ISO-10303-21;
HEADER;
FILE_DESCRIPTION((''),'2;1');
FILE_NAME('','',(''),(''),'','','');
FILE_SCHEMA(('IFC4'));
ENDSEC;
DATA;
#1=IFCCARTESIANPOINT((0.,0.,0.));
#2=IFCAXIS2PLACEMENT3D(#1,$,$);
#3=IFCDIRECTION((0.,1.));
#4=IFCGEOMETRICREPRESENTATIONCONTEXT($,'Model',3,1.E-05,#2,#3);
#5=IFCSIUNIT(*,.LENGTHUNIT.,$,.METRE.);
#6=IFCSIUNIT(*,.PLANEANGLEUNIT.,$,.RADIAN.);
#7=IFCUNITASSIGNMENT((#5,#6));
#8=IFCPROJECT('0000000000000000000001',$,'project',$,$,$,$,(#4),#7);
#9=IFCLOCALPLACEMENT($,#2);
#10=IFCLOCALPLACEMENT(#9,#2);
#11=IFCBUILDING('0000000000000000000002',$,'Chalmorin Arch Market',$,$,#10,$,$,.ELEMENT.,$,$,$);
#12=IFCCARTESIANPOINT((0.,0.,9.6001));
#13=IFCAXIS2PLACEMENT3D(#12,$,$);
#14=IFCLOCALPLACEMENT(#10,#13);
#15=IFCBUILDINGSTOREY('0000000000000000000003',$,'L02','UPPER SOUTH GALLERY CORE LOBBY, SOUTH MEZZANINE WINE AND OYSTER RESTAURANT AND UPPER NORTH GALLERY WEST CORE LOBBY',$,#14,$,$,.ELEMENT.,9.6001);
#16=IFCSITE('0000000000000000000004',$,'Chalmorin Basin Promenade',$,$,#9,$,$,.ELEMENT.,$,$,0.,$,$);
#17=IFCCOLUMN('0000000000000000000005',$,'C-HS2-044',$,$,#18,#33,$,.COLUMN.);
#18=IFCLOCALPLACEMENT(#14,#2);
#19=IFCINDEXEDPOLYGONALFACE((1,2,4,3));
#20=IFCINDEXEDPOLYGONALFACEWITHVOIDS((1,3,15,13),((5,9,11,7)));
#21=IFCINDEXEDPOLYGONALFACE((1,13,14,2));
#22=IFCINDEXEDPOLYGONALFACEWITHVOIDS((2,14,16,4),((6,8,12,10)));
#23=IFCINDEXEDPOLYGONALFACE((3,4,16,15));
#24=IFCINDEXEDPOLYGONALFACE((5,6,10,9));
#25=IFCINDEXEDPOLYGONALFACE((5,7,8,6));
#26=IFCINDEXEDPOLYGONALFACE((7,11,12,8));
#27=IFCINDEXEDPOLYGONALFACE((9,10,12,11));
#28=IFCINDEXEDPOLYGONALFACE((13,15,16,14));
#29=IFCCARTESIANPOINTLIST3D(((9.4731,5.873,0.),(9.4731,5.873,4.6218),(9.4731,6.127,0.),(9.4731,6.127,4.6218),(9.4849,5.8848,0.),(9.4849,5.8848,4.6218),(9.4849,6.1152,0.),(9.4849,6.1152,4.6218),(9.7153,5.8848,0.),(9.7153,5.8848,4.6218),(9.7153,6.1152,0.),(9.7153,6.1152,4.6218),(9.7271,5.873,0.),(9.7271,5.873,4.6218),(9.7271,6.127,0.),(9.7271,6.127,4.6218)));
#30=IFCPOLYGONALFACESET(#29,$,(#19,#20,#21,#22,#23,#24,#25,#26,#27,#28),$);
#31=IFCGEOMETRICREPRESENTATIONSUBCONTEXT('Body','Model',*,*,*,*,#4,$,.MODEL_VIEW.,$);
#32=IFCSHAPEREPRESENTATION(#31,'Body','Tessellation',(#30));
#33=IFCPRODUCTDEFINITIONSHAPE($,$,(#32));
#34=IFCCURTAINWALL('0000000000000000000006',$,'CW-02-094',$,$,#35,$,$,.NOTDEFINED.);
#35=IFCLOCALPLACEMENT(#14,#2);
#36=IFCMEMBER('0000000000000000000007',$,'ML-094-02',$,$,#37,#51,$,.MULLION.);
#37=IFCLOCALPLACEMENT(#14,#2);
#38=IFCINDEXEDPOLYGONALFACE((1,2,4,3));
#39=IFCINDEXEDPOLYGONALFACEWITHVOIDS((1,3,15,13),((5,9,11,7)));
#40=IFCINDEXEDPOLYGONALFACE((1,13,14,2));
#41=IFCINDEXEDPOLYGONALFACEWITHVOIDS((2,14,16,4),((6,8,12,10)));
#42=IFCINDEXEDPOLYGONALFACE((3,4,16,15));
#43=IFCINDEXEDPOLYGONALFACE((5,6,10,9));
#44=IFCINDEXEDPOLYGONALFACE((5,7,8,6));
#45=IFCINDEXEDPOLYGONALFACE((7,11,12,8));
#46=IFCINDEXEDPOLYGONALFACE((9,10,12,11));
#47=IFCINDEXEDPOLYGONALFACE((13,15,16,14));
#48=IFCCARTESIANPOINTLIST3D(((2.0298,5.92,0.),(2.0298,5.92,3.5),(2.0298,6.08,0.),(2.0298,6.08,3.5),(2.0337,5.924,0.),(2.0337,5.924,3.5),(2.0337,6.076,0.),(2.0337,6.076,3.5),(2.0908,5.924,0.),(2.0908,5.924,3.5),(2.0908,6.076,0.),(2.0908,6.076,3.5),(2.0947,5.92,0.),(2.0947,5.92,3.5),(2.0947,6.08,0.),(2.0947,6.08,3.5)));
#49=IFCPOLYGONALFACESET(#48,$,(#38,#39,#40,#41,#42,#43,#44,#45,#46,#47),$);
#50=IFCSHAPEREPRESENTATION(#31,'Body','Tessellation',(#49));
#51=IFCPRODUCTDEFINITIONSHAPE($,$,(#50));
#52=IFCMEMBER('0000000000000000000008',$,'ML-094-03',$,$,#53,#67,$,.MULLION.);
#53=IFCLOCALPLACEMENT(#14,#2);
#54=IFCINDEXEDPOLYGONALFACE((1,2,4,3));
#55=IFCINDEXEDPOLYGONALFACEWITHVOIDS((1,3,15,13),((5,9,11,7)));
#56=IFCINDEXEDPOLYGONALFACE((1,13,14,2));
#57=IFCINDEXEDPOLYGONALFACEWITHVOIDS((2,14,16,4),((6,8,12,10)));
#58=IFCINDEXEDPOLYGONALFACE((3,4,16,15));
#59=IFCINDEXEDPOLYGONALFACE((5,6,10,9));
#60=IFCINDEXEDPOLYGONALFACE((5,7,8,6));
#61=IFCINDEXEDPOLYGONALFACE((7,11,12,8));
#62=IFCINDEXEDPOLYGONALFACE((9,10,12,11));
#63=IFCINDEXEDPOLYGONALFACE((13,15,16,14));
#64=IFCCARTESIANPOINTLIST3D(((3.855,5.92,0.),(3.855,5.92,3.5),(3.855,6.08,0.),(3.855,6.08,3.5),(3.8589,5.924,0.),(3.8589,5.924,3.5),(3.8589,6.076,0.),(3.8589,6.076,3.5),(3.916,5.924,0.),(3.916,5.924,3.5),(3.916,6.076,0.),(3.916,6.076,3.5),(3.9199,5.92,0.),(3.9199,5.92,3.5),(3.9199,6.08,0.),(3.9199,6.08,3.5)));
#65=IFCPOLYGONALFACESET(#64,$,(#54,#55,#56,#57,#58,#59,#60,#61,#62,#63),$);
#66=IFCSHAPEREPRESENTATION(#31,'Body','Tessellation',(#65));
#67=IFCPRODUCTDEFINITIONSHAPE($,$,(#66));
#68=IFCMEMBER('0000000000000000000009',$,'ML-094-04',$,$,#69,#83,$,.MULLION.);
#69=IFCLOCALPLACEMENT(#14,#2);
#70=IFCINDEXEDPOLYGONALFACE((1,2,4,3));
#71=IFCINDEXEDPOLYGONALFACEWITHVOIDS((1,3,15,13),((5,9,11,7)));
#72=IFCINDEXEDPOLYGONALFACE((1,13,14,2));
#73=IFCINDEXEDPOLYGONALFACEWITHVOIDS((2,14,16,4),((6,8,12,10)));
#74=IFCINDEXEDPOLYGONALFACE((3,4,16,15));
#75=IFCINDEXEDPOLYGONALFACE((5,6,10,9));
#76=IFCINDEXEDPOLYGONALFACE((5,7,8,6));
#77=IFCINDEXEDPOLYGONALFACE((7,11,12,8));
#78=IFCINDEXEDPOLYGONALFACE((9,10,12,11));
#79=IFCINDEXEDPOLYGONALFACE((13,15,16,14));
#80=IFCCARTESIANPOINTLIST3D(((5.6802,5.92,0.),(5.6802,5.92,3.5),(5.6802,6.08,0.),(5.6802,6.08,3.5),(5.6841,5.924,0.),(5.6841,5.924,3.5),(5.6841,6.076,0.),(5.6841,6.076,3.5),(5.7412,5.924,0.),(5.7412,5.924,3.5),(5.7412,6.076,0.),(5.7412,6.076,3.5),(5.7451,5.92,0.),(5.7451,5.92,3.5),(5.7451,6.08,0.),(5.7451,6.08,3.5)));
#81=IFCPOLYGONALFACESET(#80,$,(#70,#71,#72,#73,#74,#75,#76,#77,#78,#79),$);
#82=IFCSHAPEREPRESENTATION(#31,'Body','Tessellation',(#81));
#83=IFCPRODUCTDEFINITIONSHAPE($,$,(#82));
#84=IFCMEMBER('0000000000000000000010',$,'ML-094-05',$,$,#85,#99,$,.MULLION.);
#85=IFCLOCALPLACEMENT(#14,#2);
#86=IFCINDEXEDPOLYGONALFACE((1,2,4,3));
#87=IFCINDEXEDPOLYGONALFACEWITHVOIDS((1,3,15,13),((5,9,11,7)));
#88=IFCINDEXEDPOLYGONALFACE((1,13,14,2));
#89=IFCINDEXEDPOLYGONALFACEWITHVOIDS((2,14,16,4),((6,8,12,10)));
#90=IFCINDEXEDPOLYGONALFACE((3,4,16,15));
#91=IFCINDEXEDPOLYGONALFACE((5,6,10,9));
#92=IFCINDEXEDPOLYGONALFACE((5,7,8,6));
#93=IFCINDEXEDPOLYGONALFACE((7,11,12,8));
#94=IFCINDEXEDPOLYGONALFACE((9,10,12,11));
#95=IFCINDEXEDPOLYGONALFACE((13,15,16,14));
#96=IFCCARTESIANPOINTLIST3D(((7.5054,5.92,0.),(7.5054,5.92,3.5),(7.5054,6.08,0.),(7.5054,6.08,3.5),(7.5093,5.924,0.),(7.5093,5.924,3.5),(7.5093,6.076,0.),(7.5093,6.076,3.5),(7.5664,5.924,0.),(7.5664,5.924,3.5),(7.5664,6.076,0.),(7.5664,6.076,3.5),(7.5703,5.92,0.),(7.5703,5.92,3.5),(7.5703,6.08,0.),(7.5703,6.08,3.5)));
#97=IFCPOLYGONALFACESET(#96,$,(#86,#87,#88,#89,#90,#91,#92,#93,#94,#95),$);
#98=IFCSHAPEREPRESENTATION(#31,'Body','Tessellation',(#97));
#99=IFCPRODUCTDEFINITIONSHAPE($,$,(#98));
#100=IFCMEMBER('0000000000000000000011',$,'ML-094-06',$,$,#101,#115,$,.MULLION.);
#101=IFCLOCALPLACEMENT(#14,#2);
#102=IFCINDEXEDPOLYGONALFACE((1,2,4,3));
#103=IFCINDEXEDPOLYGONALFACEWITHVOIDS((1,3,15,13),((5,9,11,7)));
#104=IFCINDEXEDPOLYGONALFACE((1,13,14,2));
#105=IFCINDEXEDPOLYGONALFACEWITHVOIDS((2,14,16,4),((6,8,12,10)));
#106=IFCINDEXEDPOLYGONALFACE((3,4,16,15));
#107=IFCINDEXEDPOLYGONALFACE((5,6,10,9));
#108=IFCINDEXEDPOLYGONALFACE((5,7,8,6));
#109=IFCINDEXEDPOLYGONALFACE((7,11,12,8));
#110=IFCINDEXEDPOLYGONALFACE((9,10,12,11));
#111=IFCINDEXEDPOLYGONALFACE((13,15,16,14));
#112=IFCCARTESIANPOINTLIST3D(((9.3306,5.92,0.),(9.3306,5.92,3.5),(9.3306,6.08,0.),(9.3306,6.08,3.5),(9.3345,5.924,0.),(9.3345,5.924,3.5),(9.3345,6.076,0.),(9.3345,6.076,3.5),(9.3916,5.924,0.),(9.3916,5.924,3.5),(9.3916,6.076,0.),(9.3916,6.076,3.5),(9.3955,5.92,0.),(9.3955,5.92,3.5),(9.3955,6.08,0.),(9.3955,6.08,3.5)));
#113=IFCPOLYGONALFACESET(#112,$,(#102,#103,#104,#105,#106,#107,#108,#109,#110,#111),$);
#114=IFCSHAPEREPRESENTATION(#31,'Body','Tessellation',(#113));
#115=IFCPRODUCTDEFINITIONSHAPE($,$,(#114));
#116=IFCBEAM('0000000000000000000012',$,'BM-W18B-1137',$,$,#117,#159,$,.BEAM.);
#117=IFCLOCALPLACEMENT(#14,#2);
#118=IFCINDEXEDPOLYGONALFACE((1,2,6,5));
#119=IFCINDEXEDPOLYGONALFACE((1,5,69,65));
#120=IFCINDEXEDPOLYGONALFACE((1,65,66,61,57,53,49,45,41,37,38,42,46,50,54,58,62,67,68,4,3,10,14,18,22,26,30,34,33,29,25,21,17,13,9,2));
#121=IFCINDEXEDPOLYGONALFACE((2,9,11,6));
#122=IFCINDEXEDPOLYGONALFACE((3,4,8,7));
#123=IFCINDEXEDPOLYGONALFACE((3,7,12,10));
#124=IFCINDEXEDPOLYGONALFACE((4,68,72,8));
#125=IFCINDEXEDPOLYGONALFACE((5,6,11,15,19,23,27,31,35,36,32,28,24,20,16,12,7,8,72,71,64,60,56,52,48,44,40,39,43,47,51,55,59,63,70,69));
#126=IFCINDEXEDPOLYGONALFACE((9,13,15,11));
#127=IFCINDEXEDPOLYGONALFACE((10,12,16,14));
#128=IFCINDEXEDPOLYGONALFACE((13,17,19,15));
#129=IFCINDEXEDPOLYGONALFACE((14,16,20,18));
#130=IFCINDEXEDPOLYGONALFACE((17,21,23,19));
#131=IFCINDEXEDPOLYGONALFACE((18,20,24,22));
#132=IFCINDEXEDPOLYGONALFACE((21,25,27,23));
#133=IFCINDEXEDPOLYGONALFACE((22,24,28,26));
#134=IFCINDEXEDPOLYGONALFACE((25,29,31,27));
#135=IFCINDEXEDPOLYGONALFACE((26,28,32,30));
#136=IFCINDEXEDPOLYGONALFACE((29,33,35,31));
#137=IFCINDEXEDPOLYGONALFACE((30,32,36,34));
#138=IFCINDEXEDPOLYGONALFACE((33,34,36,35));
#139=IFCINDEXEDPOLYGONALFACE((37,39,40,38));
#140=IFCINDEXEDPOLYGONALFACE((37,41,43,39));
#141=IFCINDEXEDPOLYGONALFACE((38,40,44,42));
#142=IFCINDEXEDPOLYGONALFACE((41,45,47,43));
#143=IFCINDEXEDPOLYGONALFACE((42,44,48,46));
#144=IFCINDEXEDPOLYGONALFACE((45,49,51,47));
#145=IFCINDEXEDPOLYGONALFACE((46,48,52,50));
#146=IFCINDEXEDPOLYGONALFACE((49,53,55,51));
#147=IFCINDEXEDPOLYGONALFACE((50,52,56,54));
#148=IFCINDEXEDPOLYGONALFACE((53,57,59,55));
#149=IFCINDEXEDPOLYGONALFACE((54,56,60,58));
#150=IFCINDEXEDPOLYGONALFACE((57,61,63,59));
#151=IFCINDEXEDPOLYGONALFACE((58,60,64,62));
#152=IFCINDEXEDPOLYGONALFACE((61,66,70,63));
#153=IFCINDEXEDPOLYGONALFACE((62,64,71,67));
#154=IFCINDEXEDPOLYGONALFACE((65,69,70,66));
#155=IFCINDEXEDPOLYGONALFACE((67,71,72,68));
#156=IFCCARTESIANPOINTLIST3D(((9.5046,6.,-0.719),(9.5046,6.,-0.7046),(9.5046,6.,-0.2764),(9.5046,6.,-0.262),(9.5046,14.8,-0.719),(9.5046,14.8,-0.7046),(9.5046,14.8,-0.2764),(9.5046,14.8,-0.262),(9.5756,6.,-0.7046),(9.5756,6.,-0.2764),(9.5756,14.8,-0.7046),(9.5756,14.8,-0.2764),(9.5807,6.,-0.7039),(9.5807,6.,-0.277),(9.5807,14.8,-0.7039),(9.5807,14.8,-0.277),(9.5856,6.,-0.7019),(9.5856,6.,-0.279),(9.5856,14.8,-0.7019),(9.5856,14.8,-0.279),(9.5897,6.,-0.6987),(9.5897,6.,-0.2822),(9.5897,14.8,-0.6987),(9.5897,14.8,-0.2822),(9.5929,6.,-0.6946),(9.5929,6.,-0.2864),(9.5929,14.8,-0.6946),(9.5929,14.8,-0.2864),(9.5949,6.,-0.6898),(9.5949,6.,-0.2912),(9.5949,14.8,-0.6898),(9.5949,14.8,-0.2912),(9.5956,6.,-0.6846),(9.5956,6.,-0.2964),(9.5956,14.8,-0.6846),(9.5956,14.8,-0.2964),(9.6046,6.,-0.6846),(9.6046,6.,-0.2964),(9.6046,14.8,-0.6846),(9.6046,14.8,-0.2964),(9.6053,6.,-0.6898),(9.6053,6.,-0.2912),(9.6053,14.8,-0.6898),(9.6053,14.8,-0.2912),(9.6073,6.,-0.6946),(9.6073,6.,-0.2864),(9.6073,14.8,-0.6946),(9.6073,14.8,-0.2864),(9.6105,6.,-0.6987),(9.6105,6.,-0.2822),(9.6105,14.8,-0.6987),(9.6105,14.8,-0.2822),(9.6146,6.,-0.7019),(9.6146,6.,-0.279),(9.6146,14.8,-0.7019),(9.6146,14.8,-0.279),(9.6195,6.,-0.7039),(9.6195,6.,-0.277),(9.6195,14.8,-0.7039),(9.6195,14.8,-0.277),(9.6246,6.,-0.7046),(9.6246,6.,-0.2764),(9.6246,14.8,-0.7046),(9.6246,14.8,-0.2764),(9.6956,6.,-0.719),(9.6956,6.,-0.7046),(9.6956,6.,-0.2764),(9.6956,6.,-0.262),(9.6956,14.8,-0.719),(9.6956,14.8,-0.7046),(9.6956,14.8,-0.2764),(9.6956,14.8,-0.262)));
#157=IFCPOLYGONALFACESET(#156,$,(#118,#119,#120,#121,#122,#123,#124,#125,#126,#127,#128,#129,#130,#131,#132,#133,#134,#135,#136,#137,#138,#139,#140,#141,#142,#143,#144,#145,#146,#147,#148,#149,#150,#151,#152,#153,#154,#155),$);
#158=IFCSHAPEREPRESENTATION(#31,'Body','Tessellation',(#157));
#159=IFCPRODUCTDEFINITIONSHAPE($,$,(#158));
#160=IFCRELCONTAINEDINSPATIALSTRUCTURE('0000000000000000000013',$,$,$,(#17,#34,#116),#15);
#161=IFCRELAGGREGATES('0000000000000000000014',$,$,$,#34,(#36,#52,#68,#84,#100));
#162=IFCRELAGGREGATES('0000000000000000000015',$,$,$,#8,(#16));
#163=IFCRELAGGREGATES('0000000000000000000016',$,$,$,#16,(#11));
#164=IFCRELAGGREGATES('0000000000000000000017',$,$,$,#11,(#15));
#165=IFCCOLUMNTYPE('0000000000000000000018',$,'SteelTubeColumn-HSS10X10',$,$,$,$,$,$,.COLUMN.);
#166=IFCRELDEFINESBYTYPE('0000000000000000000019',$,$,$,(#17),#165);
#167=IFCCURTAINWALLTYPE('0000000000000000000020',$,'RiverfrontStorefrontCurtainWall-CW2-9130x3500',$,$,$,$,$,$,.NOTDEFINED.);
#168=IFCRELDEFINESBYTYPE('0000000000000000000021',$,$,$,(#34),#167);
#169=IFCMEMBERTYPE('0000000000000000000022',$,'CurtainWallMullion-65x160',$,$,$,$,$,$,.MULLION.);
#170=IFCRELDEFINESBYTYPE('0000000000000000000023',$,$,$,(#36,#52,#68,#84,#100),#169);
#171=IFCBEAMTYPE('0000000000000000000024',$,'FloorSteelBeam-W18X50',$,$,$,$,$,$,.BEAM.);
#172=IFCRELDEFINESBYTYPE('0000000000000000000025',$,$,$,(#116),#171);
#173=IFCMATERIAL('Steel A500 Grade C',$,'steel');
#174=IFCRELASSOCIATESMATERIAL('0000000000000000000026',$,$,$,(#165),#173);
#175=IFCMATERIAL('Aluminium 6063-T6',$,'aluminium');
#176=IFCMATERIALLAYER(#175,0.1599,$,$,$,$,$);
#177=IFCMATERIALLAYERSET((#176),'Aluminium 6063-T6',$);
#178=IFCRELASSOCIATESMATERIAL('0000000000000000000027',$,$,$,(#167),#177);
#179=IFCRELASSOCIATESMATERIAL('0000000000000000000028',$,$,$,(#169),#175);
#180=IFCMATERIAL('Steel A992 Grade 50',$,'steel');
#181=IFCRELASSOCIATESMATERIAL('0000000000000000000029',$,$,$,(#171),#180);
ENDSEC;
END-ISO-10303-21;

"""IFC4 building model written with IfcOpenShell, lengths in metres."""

from ifc_helpers import new_model, si_unit, direction, frame, origin, origin_2d, place, context, subcontext, project, spatial, hollow_rectangle, i_section, extrude, material, layer, layer_set, material_profile, profile_set, type_object, element, aggregate, save


model = new_model("IFC4")

# Units and contexts
model_context = context("Model", 3, precision=1e-05, world=origin(), true_north=direction((0.0, 1.0)))
body_context = subcontext(model_context, "Body", "Model", "MODEL_VIEW")
ifc_project = project(units=[si_unit("LENGTHUNIT", "METRE"), si_unit("PLANEANGLEUNIT", "RADIAN")], contexts=[model_context])

# Site, building, storey
site_placement = place(None, origin())
site = spatial("IfcSite", under=ifc_project, at=site_placement, Name="Chalmorin Basin Promenade", CompositionType="ELEMENT", RefElevation=0.0)
building_placement = place(site_placement, origin())
building = spatial("IfcBuilding", under=site, at=building_placement, Name="Chalmorin Arch Market", CompositionType="ELEMENT")
storey_placement = place(building_placement, frame((0.0, 0.0, 9.6001)))
storey = spatial("IfcBuildingStorey", under=building, at=storey_placement, Name="L02", Description="UPPER SOUTH GALLERY CORE LOBBY, SOUTH MEZZANINE WINE AND OYSTER RESTAURANT AND UPPER NORTH GALLERY WEST CORE LOBBY", CompositionType="ELEMENT", Elevation=9.6001)

# Column
ifc_material_1 = material(Name="Steel A500 Grade C", Category="steel")
ifc_material_profile_1 = material_profile(ifc_material_1, hollow_rectangle(XDim=0.2539, YDim=0.2539, WallThickness=0.0117, at=origin_2d()), Name="HSS10X10X1/2")
ifc_profile_set_1 = profile_set([ifc_material_profile_1], Name="Steel A500 Grade C")
column_type = type_object("IfcColumnType", Name="SteelTubeColumn-HSS10X10", PredefinedType="COLUMN", material=ifc_profile_set_1)
column_placement = place(storey_placement, frame((9.6001, 6.0, 0.0), z_axis=(0.0, 0.0, 1.0), x_axis=(1.0, 0.0, 0.0)))
element("IfcColumn", 1, at=column_placement, inside=storey, type_object=column_type, Name="C-HS2-044", PredefinedType="COLUMN", context=body_context, shape_type="SweptSolid", body=[
    extrude(hollow_rectangle(XDim=0.2539, YDim=0.2539, WallThickness=0.0117, at=origin_2d()), origin(), (0.0, 0.0, 1.0), 4.6218),
])

# Curtain wall, members
ifc_material_2 = material(Name="Aluminium 6063-T6", Category="aluminium")
ifc_layer_1 = layer(ifc_material_2, 0.1599)
ifc_layer_set_1 = layer_set([ifc_layer_1], Name="Aluminium 6063-T6")
curtain_wall_type = type_object("IfcCurtainWallType", Name="RiverfrontStorefrontCurtainWall-CW2-9130x3500", PredefinedType="NOTDEFINED", material=ifc_layer_set_1)
curtain_wall_placement = place(storey_placement, origin())
curtain_wall = element("IfcCurtainWall", 2, at=curtain_wall_placement, inside=storey, type_object=curtain_wall_type, Name="CW-02-094", PredefinedType="NOTDEFINED")
ifc_material_profile_2 = material_profile(ifc_material_2, hollow_rectangle(XDim=0.0649, YDim=0.1599, WallThickness=0.0039, at=origin_2d()), Name="ALU65X160X4")
ifc_profile_set_2 = profile_set([ifc_material_profile_2], Name="Aluminium 6063-T6")
member_type = type_object("IfcMemberType", Name="CurtainWallMullion-65x160", PredefinedType="MULLION", material=ifc_profile_set_2)
member_1_placement = place(storey_placement, frame((2.0623, 6.0, 0.0), z_axis=(0.0, 0.0, 1.0), x_axis=(1.0, 0.0, 0.0)))
member_1 = element("IfcMember", 3, at=member_1_placement, type_object=member_type, Name="ML-094-02", PredefinedType="MULLION", context=body_context, shape_type="SweptSolid", body=[
    extrude(hollow_rectangle(XDim=0.0649, YDim=0.1599, WallThickness=0.0039, at=origin_2d()), origin(), (0.0, 0.0, 1.0), 3.5),
])
member_2_placement = place(storey_placement, frame((3.8875, 6.0, 0.0), z_axis=(0.0, 0.0, 1.0), x_axis=(1.0, 0.0, 0.0)))
member_2 = element("IfcMember", 4, at=member_2_placement, type_object=member_type, Name="ML-094-03", PredefinedType="MULLION", context=body_context, shape_type="SweptSolid", body=[
    extrude(hollow_rectangle(XDim=0.0649, YDim=0.1599, WallThickness=0.0039, at=origin_2d()), origin(), (0.0, 0.0, 1.0), 3.5),
])
member_3_placement = place(storey_placement, frame((5.7126, 6.0, 0.0), z_axis=(0.0, 0.0, 1.0), x_axis=(1.0, 0.0, 0.0)))
member_3 = element("IfcMember", 5, at=member_3_placement, type_object=member_type, Name="ML-094-04", PredefinedType="MULLION", context=body_context, shape_type="SweptSolid", body=[
    extrude(hollow_rectangle(XDim=0.0649, YDim=0.1599, WallThickness=0.0039, at=origin_2d()), origin(), (0.0, 0.0, 1.0), 3.5),
])
member_4_placement = place(storey_placement, frame((7.5378, 6.0, 0.0), z_axis=(0.0, 0.0, 1.0), x_axis=(1.0, 0.0, 0.0)))
member_4 = element("IfcMember", 6, at=member_4_placement, type_object=member_type, Name="ML-094-05", PredefinedType="MULLION", context=body_context, shape_type="SweptSolid", body=[
    extrude(hollow_rectangle(XDim=0.0649, YDim=0.1599, WallThickness=0.0039, at=origin_2d()), origin(), (0.0, 0.0, 1.0), 3.5),
])
member_5_placement = place(storey_placement, frame((9.363, 6.0, 0.0), z_axis=(0.0, 0.0, 1.0), x_axis=(1.0, 0.0, 0.0)))
member_5 = element("IfcMember", 7, at=member_5_placement, type_object=member_type, Name="ML-094-06", PredefinedType="MULLION", context=body_context, shape_type="SweptSolid", body=[
    extrude(hollow_rectangle(XDim=0.0649, YDim=0.1599, WallThickness=0.0039, at=origin_2d()), origin(), (0.0, 0.0, 1.0), 3.5),
])

# Beam
ifc_material_3 = material(Name="Steel A992 Grade 50", Category="steel")
ifc_material_profile_3 = material_profile(ifc_material_3, i_section(OverallWidth=0.1909, OverallDepth=0.457, WebThickness=0.009, FlangeThickness=0.0144, FilletRadius=0.02, at=origin_2d()), Name="W18X50")
ifc_profile_set_3 = profile_set([ifc_material_profile_3], Name="Steel A992 Grade 50")
beam_type_1 = type_object("IfcBeamType", Name="FloorSteelBeam-W18X50", PredefinedType="BEAM", material=ifc_profile_set_3)
beam_1_placement = place(storey_placement, frame((9.6001, 6.0, -0.4905), z_axis=(0.0, 1.0, 0.0), x_axis=(-1.0, 0.0, 0.0)))
element("IfcBeam", 8, at=beam_1_placement, inside=storey, type_object=beam_type_1, Name="BM-W18B-1137", PredefinedType="BEAM", context=body_context, shape_type="SweptSolid", body=[
    extrude(i_section(OverallWidth=0.1909, OverallDepth=0.457, WebThickness=0.009, FlangeThickness=0.0144, FilletRadius=0.02, at=origin_2d()), origin(), (0.0, 0.0, 1.0), 8.8),
])

aggregate(curtain_wall, [member_1, member_2, member_3, member_4, member_5])

save(model, "model.ifc")
